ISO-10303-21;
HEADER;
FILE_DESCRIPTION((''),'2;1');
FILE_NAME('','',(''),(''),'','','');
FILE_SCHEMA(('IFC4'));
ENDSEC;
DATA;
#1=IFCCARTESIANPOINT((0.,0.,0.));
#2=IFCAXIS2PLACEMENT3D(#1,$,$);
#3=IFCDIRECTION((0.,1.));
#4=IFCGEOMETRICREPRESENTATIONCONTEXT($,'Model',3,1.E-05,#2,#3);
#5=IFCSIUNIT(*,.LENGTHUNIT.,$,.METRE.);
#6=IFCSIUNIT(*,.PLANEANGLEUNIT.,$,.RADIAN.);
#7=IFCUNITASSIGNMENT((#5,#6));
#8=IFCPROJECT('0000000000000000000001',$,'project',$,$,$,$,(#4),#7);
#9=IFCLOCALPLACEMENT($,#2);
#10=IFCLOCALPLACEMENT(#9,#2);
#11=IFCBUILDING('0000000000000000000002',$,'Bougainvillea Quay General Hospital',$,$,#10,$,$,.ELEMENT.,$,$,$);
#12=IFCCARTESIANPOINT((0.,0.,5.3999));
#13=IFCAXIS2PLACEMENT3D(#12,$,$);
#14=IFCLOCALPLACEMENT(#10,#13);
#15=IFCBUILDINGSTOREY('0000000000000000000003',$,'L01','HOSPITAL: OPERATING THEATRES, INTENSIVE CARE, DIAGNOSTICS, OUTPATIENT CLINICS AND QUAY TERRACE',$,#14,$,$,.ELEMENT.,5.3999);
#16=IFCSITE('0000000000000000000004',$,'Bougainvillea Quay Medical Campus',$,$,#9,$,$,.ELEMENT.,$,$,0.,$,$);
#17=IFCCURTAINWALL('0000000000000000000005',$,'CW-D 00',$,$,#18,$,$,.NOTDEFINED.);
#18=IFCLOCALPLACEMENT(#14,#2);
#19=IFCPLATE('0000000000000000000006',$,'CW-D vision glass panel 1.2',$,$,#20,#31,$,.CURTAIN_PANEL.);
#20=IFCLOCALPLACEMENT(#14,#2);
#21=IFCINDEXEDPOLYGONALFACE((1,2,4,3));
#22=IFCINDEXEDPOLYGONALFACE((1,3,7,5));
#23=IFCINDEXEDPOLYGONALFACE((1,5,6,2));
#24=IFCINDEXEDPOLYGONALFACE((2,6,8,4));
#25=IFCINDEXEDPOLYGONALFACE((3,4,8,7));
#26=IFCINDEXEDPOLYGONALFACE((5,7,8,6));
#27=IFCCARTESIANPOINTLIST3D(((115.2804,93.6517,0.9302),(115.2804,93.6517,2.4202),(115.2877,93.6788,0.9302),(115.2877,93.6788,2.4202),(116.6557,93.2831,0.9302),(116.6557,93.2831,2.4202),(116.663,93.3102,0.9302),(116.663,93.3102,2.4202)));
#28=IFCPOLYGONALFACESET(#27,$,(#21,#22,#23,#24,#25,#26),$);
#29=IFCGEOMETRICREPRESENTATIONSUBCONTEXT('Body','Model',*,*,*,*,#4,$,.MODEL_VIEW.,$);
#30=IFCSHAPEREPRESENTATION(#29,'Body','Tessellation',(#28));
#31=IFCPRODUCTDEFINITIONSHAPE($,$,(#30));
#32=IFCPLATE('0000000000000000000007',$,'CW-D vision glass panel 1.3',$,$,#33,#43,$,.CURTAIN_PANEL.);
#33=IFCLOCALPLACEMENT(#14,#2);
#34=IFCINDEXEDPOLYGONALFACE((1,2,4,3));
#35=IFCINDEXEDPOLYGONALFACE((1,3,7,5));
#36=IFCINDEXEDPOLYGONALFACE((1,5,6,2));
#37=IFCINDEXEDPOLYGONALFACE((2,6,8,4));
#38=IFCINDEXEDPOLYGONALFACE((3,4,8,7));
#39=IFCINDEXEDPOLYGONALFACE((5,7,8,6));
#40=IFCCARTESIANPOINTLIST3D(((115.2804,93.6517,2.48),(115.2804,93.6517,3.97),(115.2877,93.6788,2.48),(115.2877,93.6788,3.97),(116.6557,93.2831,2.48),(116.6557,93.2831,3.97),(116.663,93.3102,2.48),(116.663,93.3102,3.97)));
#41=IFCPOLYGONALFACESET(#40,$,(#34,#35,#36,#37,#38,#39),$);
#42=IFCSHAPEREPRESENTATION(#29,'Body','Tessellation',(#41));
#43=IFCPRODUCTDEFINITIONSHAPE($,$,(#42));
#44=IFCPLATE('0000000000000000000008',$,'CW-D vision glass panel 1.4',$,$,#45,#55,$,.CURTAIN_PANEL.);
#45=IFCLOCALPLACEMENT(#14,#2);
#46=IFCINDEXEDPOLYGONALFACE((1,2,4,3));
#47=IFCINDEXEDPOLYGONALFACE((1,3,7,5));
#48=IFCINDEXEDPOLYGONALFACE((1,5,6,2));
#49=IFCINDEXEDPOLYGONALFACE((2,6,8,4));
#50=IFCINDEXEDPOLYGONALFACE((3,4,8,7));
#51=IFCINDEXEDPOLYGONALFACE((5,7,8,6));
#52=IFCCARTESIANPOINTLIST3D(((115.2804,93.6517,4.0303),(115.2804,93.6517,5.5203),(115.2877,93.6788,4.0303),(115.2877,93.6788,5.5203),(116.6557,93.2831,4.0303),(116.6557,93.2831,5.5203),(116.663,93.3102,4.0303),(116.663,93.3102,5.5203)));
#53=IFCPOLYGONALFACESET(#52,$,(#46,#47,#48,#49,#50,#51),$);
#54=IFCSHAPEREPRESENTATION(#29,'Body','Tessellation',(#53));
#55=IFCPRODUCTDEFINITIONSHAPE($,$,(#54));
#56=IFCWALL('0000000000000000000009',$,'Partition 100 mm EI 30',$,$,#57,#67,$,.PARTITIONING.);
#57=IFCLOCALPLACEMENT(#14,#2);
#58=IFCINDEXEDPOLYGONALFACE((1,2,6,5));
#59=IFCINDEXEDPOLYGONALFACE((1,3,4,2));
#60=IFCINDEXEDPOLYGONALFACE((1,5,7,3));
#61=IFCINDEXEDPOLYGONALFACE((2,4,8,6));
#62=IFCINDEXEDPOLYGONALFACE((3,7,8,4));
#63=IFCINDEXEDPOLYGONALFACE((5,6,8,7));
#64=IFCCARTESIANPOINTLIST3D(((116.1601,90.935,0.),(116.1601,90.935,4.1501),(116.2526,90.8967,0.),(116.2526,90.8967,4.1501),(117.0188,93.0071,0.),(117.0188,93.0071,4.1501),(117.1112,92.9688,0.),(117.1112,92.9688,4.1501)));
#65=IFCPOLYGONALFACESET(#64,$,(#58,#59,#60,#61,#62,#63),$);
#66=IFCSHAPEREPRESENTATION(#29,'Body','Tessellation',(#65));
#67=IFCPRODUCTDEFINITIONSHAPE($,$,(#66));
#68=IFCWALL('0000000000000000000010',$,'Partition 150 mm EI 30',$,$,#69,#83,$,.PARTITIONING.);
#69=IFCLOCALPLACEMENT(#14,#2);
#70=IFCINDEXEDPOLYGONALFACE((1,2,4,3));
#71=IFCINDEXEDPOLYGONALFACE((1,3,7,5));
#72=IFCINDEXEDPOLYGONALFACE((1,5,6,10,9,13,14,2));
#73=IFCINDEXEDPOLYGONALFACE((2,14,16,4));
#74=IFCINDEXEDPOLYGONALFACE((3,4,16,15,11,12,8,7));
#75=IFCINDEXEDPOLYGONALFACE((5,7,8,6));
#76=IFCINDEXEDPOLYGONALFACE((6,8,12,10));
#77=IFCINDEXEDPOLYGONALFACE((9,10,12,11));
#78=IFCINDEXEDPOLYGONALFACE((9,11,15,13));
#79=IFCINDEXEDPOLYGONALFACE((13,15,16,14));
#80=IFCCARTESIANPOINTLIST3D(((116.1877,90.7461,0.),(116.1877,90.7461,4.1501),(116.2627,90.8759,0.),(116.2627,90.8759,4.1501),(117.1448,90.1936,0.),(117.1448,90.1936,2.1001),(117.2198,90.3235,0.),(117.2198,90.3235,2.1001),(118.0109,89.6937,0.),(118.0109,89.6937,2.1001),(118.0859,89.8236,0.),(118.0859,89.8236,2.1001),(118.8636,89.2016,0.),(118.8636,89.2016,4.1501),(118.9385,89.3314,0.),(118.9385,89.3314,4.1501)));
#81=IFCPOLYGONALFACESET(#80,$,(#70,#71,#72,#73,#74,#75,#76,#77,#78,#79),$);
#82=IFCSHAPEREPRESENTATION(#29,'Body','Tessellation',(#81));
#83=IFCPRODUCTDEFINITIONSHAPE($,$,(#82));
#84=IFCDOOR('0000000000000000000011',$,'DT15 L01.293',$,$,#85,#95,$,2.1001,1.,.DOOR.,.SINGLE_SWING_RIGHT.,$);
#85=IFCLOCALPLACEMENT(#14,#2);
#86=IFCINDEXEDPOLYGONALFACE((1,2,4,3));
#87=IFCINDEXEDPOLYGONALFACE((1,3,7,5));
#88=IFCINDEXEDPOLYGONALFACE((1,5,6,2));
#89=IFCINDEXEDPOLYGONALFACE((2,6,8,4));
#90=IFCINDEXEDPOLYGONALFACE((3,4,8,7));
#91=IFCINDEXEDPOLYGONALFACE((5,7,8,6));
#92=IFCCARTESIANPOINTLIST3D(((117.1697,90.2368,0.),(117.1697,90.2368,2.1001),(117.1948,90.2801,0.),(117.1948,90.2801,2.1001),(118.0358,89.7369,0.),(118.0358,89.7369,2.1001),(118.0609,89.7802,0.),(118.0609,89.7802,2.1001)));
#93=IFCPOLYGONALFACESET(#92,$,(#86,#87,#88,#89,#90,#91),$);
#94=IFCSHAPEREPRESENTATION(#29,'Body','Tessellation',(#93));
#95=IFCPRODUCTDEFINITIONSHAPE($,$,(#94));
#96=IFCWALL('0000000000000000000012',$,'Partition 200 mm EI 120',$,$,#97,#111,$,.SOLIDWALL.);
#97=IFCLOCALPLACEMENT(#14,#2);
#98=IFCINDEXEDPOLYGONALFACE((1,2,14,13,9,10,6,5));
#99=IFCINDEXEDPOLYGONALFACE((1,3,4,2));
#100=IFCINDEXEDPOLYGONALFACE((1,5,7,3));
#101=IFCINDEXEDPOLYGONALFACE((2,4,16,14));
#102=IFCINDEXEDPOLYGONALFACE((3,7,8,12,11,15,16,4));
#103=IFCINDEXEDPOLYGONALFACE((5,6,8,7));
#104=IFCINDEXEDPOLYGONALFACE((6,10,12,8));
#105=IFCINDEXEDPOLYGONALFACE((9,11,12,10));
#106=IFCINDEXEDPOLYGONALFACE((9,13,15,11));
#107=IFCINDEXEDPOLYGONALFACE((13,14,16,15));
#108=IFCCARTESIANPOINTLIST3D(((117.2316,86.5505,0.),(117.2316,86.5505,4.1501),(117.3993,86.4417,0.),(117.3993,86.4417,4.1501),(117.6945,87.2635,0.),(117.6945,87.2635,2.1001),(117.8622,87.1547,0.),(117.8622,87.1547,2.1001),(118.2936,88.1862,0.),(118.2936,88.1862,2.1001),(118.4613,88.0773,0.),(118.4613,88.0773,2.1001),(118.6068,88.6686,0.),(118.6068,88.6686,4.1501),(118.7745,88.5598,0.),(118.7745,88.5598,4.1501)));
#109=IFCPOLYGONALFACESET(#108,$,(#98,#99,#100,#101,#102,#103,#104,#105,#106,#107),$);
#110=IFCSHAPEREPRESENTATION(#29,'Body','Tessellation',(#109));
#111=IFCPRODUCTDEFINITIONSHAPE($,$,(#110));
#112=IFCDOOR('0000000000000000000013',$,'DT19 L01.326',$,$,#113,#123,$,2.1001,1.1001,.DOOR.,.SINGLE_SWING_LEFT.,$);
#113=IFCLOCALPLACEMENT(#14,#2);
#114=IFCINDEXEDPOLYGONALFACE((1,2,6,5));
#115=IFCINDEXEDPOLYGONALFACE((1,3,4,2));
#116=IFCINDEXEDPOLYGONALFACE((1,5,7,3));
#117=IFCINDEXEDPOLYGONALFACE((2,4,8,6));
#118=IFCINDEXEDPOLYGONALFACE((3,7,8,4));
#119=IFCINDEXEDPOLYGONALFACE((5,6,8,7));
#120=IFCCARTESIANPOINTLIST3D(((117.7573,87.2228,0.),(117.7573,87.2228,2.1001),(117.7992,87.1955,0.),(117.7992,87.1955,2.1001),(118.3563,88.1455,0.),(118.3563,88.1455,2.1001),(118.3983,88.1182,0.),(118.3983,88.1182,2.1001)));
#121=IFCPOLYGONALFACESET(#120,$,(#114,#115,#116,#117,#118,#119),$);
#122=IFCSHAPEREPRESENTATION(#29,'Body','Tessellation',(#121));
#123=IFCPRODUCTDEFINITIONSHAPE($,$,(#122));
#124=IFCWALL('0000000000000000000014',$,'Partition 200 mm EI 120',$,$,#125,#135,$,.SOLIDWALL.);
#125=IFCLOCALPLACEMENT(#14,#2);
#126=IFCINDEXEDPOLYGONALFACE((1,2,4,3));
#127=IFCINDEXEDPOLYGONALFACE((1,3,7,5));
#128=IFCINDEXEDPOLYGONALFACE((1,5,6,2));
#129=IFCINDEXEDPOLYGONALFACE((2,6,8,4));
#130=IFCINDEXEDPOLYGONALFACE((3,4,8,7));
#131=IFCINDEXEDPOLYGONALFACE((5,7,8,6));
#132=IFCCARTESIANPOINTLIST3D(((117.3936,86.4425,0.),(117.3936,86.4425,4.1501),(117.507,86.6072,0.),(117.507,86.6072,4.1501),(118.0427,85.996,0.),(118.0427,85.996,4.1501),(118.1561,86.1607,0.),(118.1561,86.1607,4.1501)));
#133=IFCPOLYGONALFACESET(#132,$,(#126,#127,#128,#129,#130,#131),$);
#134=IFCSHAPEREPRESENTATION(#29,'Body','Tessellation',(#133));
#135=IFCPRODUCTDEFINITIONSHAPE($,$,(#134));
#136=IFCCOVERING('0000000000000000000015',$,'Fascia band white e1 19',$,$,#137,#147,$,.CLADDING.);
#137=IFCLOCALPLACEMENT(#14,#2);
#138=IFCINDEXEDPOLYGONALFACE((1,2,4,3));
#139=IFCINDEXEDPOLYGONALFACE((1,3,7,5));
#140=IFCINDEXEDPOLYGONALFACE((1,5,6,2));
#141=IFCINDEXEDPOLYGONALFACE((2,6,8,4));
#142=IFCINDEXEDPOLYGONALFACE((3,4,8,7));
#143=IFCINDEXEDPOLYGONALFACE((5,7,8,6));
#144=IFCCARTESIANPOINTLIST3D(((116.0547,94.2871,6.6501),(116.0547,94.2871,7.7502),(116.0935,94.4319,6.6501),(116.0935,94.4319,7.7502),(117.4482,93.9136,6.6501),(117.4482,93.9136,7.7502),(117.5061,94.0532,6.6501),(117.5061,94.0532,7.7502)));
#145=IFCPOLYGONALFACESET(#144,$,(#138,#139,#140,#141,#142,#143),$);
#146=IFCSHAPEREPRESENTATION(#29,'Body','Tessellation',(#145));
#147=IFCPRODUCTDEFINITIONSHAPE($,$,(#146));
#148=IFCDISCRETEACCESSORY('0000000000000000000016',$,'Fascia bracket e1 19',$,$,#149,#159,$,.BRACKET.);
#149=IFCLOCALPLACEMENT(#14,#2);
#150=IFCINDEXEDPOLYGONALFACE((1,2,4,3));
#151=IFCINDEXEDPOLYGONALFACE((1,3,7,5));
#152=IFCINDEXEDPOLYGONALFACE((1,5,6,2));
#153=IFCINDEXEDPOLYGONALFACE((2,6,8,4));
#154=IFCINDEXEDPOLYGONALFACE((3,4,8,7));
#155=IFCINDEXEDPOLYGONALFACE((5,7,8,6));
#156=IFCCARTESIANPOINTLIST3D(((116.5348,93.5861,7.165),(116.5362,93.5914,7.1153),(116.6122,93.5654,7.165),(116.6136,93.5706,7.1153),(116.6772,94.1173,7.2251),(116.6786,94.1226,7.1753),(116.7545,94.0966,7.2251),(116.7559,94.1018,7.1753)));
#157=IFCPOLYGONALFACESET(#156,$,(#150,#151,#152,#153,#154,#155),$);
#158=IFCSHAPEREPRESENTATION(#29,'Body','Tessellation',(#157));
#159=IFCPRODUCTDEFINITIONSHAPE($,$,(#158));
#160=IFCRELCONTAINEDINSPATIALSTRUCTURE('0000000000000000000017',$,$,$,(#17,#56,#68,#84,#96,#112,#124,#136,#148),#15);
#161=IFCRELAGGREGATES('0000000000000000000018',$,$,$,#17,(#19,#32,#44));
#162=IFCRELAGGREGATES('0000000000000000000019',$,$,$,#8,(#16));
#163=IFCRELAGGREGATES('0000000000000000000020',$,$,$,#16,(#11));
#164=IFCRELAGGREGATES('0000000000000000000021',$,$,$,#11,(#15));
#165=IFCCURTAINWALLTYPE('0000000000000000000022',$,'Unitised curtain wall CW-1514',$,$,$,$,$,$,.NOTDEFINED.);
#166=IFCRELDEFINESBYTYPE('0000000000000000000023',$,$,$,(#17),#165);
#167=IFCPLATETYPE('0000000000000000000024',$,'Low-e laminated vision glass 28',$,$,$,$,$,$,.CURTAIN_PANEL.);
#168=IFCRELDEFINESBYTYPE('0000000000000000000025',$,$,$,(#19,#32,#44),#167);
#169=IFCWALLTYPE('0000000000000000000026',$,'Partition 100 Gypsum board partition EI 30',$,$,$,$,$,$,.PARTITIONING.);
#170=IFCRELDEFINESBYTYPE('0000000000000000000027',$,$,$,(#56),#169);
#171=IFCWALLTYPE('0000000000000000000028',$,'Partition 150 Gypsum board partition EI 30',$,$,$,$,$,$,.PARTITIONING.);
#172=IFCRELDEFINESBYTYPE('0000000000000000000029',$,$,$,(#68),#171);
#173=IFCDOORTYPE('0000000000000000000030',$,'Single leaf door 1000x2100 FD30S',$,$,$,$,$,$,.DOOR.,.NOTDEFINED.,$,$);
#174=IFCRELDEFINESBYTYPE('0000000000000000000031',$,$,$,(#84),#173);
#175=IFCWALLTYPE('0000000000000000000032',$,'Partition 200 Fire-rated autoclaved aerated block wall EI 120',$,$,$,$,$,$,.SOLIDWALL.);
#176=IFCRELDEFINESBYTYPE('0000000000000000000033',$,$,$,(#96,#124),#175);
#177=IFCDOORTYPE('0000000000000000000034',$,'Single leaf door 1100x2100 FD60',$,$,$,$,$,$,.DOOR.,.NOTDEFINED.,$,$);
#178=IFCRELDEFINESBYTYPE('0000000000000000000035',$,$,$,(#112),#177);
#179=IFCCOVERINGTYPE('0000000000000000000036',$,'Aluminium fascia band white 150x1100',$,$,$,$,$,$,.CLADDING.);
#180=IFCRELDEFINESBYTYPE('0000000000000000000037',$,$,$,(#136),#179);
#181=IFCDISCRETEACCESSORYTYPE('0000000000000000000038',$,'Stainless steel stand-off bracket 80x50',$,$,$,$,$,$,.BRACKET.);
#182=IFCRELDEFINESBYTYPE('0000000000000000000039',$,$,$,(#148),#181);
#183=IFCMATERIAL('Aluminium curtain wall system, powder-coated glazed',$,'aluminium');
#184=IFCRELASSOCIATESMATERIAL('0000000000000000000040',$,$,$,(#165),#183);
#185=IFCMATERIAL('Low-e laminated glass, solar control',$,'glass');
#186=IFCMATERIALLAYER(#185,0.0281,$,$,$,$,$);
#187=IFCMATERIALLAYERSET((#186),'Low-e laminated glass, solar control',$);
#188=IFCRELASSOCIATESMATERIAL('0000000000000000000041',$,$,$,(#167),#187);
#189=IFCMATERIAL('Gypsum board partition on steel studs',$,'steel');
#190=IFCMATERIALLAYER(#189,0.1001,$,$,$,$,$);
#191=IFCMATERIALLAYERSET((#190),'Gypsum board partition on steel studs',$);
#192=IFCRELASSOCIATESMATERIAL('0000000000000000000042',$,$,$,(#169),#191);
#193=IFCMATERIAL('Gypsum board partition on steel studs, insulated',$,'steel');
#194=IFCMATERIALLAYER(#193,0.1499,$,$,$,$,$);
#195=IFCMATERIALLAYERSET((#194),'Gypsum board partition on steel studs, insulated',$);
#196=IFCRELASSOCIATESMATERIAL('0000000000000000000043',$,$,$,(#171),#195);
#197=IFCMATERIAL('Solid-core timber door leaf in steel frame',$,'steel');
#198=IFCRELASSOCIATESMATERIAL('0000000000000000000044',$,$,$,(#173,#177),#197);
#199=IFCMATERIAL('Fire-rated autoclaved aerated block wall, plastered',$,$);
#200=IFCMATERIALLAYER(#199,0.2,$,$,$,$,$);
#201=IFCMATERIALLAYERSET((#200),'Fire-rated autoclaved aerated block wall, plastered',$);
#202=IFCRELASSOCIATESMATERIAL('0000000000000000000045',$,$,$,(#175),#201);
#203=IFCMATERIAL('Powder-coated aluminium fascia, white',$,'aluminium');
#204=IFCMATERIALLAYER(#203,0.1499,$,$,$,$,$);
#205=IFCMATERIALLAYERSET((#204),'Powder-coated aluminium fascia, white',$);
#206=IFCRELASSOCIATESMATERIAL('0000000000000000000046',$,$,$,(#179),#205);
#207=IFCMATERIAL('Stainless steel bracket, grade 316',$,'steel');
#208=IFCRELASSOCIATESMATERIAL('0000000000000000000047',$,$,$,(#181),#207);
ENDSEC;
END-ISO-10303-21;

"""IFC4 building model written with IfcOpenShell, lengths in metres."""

from ifc_helpers import new_model, si_unit, direction, frame, frame_2d, origin, origin_2d, place, context, subcontext, project, spatial, polyline, rectangle, outline, extrude, material, layer, layer_set, material_profile, profile_set, type_object, element, fill, aggregate, save


model = new_model("IFC4")

# Units and contexts
model_context = context("Model", 3, precision=1e-05, world=origin(), true_north=direction((0.0, 1.0)))
body_context = subcontext(model_context, "Body", "Model", "MODEL_VIEW")
ifc_project = project(units=[si_unit("LENGTHUNIT", "METRE"), si_unit("PLANEANGLEUNIT", "RADIAN")], contexts=[model_context])

# Site, building, storey
site_placement = place(None, origin())
site = spatial("IfcSite", under=ifc_project, at=site_placement, Name="Bougainvillea Quay Medical Campus", CompositionType="ELEMENT", RefElevation=0.0)
building_placement = place(site_placement, origin())
building = spatial("IfcBuilding", under=site, at=building_placement, Name="Bougainvillea Quay General Hospital", CompositionType="ELEMENT")
storey_placement = place(building_placement, frame((0.0, 0.0, 5.3999)))
storey = spatial("IfcBuildingStorey", under=building, at=storey_placement, Name="L01", Description="HOSPITAL: OPERATING THEATRES, INTENSIVE CARE, DIAGNOSTICS, OUTPATIENT CLINICS AND QUAY TERRACE", CompositionType="ELEMENT", Elevation=5.3999)

# Curtain wall
ifc_material_1 = material(Name="Aluminium curtain wall system, powder-coated glazed", Category="aluminium")
curtain_wall_type = type_object("IfcCurtainWallType", Name="Unitised curtain wall CW-1514", PredefinedType="NOTDEFINED", material=ifc_material_1)
curtain_wall_placement = place(storey_placement, origin())
curtain_wall = element("IfcCurtainWall", 1, at=curtain_wall_placement, inside=storey, type_object=curtain_wall_type, Name="CW-D 00", PredefinedType="NOTDEFINED")

# Plates
ifc_material_2 = material(Name="Low-e laminated glass, solar control", Category="glass")
ifc_layer_1 = layer(ifc_material_2, 0.0281)
ifc_layer_set_1 = layer_set([ifc_layer_1], Name="Low-e laminated glass, solar control")
plate_type_1 = type_object("IfcPlateType", Name="Low-e laminated vision glass 28", PredefinedType="CURTAIN_PANEL", material=ifc_layer_set_1)
plate_1_placement = place(storey_placement, frame((115.9717, 93.481, 0.9302), z_axis=(0.0, 0.0, 1.0), x_axis=(-0.965916, 0.258855, 0.0)))
plate_1 = element("IfcPlate", 2, at=plate_1_placement, type_object=plate_type_1, Name="CW-D vision glass panel 1.2", PredefinedType="CURTAIN_PANEL", context=body_context, shape_type="SweptSolid", body=[
    extrude(rectangle(XDim=1.4238, YDim=0.0281, at=origin_2d()), origin(), (0.0, 0.0, 1.0), 1.49),
])
plate_2_placement = place(storey_placement, frame((115.9717, 93.481, 2.48), z_axis=(0.0, 0.0, 1.0), x_axis=(-0.965916, 0.258855, 0.0)))
plate_2 = element("IfcPlate", 3, at=plate_2_placement, type_object=plate_type_1, Name="CW-D vision glass panel 1.3", PredefinedType="CURTAIN_PANEL", context=body_context, shape_type="SweptSolid", body=[
    extrude(rectangle(XDim=1.4238, YDim=0.0281, at=origin_2d()), origin(), (0.0, 0.0, 1.0), 1.49),
])
plate_3_placement = place(storey_placement, frame((115.9717, 93.481, 4.0303), z_axis=(0.0, 0.0, 1.0), x_axis=(-0.965916, 0.258855, 0.0)))
plate_3 = element("IfcPlate", 4, at=plate_3_placement, type_object=plate_type_1, Name="CW-D vision glass panel 1.4", PredefinedType="CURTAIN_PANEL", context=body_context, shape_type="SweptSolid", body=[
    extrude(rectangle(XDim=1.4238, YDim=0.0281, at=origin_2d()), origin(), (0.0, 0.0, 1.0), 1.49),
])
aggregate(curtain_wall, [plate_1, plate_2, plate_3])

# Wall
ifc_material_3 = material(Name="Gypsum board partition on steel studs", Category="steel")
ifc_layer_2 = layer(ifc_material_3, 0.1001)
ifc_layer_set_2 = layer_set([ifc_layer_2], Name="Gypsum board partition on steel studs")
wall_type_1 = type_object("IfcWallType", Name="Partition 100 Gypsum board partition EI 30", PredefinedType="PARTITIONING", material=ifc_layer_set_2)
wall_1_placement = place(storey_placement, frame((116.2063, 90.9158, 0.0), z_axis=(0.0, 0.0, 1.0), x_axis=(0.382829, 0.923819, 0.0)))
element("IfcWall", 5, at=wall_1_placement, inside=storey, type_object=wall_type_1, Name="Partition 100 mm EI 30", PredefinedType="PARTITIONING", context=body_context, shape_type="SweptSolid", body=[
    extrude(rectangle(XDim=2.2429, YDim=0.1001, at=frame_2d((1.1216, 0.0))), origin(), (0.0, 0.0, 1.0), 4.1501),
])

# Walls, openings, doors
ifc_material_4 = material(Name="Gypsum board partition on steel studs, insulated", Category="steel")
ifc_layer_3 = layer(ifc_material_4, 0.1499)
ifc_layer_set_3 = layer_set([ifc_layer_3], Name="Gypsum board partition on steel studs, insulated")
wall_type_2 = type_object("IfcWallType", Name="Partition 150 Gypsum board partition EI 30", PredefinedType="PARTITIONING", material=ifc_layer_set_3)
wall_2_placement = place(storey_placement, frame((116.2251, 90.811, 0.0), z_axis=(0.0, 0.0, 1.0), x_axis=(0.866086, -0.499896, 0.0)))
wall_2 = element("IfcWall", 6, at=wall_2_placement, inside=storey, type_object=wall_type_2, Name="Partition 150 mm EI 30", PredefinedType="PARTITIONING", context=body_context, shape_type="SweptSolid", body=[
    extrude(rectangle(XDim=3.0896, YDim=0.1499, at=frame_2d((1.5449, 0.0))), origin(), (0.0, 0.0, 1.0), 4.1501),
])
opening_1_placement = place(wall_2_placement, frame((1.1052, 0.0, 0.0)))
opening_1 = element("IfcOpeningElement", 7, at=opening_1_placement, cuts=wall_2, PredefinedType="OPENING", context=body_context, shape_type="SweptSolid", body=[
    extrude(rectangle(XDim=1.0, YDim=2.1001, at=frame_2d((0.5, 1.05))), frame((0.0, 0.085, 0.0), z_axis=(0.0, -1.0, 0.0), x_axis=(1.0, 0.0, 0.0)), (0.0, 0.0, 1.0), 0.1699),
])
ifc_material_5 = material(Name="Solid-core timber door leaf in steel frame", Category="steel")
door_type_1 = type_object("IfcDoorType", Name="Single leaf door 1000x2100 FD30S", OperationType="NOTDEFINED", PredefinedType="DOOR", material=ifc_material_5)
door_1_placement = place(opening_1_placement, origin())
door_1 = element("IfcDoor", 8, at=door_1_placement, inside=storey, type_object=door_type_1, Name="DT15 L01.293", OperationType="SINGLE_SWING_RIGHT", OverallHeight=2.1001, OverallWidth=1.0, PredefinedType="DOOR", context=body_context, shape_type="SweptSolid", body=[
    extrude(rectangle(XDim=1.0, YDim=2.1001, at=frame_2d((0.5, 1.05))), frame((0.0, 0.0249, 0.0), z_axis=(0.0, -1.0, 0.0), x_axis=(1.0, 0.0, 0.0)), (0.0, 0.0, 1.0), 0.05),
])
fill(opening_1, door_1)
ifc_material_6 = material(Name="Fire-rated autoclaved aerated block wall, plastered")
ifc_layer_4 = layer(ifc_material_6, 0.2)
ifc_layer_set_4 = layer_set([ifc_layer_4], Name="Fire-rated autoclaved aerated block wall, plastered")
wall_type_3 = type_object("IfcWallType", Name="Partition 200 Fire-rated autoclaved aerated block wall EI 120", PredefinedType="SOLIDWALL", material=ifc_layer_set_4)
wall_3_placement = place(storey_placement, frame((117.3154, 86.4961, 0.0), z_axis=(0.0, 0.0, 1.0), x_axis=(0.544553, 0.838726, 0.0)))
wall_3 = element("IfcWall", 9, at=wall_3_placement, inside=storey, type_object=wall_type_3, Name="Partition 200 mm EI 120", PredefinedType="SOLIDWALL", context=body_context, shape_type="SweptSolid", body=[
    extrude(rectangle(XDim=2.5254, YDim=0.2, at=frame_2d((1.2627, 0.0))), origin(), (0.0, 0.0, 1.0), 4.1501),
])
opening_2_placement = place(wall_3_placement, frame((0.8501, 0.0, 0.0)))
opening_2 = element("IfcOpeningElement", 10, at=opening_2_placement, cuts=wall_3, PredefinedType="OPENING", context=body_context, shape_type="SweptSolid", body=[
    extrude(rectangle(XDim=1.1001, YDim=2.1001, at=frame_2d((0.55, 1.05))), frame((0.0, 0.1099, 0.0), z_axis=(0.0, -1.0, 0.0), x_axis=(1.0, 0.0, 0.0)), (0.0, 0.0, 1.0), 0.22),
])
door_type_2 = type_object("IfcDoorType", Name="Single leaf door 1100x2100 FD60", OperationType="NOTDEFINED", PredefinedType="DOOR", material=ifc_material_5)
door_2_placement = place(opening_2_placement, frame((1.1001, 0.0, 0.0), z_axis=(0.0, 0.0, 1.0), x_axis=(-1.0, 0.0, 0.0)))
door_2 = element("IfcDoor", 11, at=door_2_placement, inside=storey, type_object=door_type_2, Name="DT19 L01.326", OperationType="SINGLE_SWING_LEFT", OverallHeight=2.1001, OverallWidth=1.1001, PredefinedType="DOOR", context=body_context, shape_type="SweptSolid", body=[
    extrude(rectangle(XDim=1.1001, YDim=2.1001, at=frame_2d((0.55, 1.05))), frame((0.0, 0.0249, 0.0), z_axis=(0.0, -1.0, 0.0), x_axis=(1.0, 0.0, 0.0)), (0.0, 0.0, 1.0), 0.05),
])
fill(opening_2, door_2)

# Wall
wall_4_placement = place(storey_placement, frame((117.4502, 86.5249, 0.0), z_axis=(0.0, 0.0, 1.0), x_axis=(0.823906, -0.566726, 0.0)))
element("IfcWall", 12, at=wall_4_placement, inside=storey, type_object=wall_type_3, Name="Partition 200 mm EI 120", PredefinedType="SOLIDWALL", context=body_context, shape_type="SweptSolid", body=[
    extrude(rectangle(XDim=0.7878, YDim=0.2, at=frame_2d((0.394, 0.0))), origin(), (0.0, 0.0, 1.0), 4.1501),
])

# Covering
ifc_material_7 = material(Name="Powder-coated aluminium fascia, white", Category="aluminium")
ifc_layer_5 = layer(ifc_material_7, 0.1499)
ifc_layer_set_5 = layer_set([ifc_layer_5], Name="Powder-coated aluminium fascia, white")
covering_type = type_object("IfcCoveringType", Name="Aluminium fascia band white 150x1100", PredefinedType="CLADDING", material=ifc_layer_set_5)
covering_placement = place(storey_placement, frame((117.4482, 93.9136, 6.6501), z_axis=(0.0, 0.0, 1.0), x_axis=(-0.965903, 0.258905, 0.0)))
element("IfcCovering", 13, at=covering_placement, inside=storey, type_object=covering_type, Name="Fascia band white e1 19", PredefinedType="CLADDING", context=body_context, shape_type="SweptSolid", body=[
    extrude(outline(polyline([(0.0, 0.0), (1.4427, 0.0), (1.4427, -0.1499), (-0.0197, -0.1499), (0.0, 0.0)])), origin(), (0.0, 0.0, 1.0), 1.1001),
])

# Discrete accessory
ifc_material_8 = material(Name="Stainless steel bracket, grade 316", Category="steel")
ifc_material_profile_1 = material_profile(ifc_material_8, rectangle(XDim=0.0801, YDim=0.05, at=origin_2d()))
ifc_profile_set_1 = profile_set([ifc_material_profile_1], Name="Stainless steel bracket, grade 316")
discrete_accessory_type = type_object("IfcDiscreteAccessoryType", Name="Stainless steel stand-off bracket 80x50", PredefinedType="BRACKET", material=ifc_profile_set_1)
discrete_accessory_placement = place(storey_placement, frame((116.5742, 93.5784, 7.1401), z_axis=(0.257266, 0.960224, 0.108555), x_axis=(-0.965932, 0.258795, 0.0)))
element("IfcDiscreteAccessory", 14, at=discrete_accessory_placement, inside=storey, type_object=discrete_accessory_type, Name="Fascia bracket e1 19", PredefinedType="BRACKET", context=body_context, shape_type="SweptSolid", body=[
    extrude(rectangle(XDim=0.0801, YDim=0.05, at=origin_2d()), origin(), (0.0, 0.0, 1.0), 0.5532),
])

save(model, "model.ifc")
